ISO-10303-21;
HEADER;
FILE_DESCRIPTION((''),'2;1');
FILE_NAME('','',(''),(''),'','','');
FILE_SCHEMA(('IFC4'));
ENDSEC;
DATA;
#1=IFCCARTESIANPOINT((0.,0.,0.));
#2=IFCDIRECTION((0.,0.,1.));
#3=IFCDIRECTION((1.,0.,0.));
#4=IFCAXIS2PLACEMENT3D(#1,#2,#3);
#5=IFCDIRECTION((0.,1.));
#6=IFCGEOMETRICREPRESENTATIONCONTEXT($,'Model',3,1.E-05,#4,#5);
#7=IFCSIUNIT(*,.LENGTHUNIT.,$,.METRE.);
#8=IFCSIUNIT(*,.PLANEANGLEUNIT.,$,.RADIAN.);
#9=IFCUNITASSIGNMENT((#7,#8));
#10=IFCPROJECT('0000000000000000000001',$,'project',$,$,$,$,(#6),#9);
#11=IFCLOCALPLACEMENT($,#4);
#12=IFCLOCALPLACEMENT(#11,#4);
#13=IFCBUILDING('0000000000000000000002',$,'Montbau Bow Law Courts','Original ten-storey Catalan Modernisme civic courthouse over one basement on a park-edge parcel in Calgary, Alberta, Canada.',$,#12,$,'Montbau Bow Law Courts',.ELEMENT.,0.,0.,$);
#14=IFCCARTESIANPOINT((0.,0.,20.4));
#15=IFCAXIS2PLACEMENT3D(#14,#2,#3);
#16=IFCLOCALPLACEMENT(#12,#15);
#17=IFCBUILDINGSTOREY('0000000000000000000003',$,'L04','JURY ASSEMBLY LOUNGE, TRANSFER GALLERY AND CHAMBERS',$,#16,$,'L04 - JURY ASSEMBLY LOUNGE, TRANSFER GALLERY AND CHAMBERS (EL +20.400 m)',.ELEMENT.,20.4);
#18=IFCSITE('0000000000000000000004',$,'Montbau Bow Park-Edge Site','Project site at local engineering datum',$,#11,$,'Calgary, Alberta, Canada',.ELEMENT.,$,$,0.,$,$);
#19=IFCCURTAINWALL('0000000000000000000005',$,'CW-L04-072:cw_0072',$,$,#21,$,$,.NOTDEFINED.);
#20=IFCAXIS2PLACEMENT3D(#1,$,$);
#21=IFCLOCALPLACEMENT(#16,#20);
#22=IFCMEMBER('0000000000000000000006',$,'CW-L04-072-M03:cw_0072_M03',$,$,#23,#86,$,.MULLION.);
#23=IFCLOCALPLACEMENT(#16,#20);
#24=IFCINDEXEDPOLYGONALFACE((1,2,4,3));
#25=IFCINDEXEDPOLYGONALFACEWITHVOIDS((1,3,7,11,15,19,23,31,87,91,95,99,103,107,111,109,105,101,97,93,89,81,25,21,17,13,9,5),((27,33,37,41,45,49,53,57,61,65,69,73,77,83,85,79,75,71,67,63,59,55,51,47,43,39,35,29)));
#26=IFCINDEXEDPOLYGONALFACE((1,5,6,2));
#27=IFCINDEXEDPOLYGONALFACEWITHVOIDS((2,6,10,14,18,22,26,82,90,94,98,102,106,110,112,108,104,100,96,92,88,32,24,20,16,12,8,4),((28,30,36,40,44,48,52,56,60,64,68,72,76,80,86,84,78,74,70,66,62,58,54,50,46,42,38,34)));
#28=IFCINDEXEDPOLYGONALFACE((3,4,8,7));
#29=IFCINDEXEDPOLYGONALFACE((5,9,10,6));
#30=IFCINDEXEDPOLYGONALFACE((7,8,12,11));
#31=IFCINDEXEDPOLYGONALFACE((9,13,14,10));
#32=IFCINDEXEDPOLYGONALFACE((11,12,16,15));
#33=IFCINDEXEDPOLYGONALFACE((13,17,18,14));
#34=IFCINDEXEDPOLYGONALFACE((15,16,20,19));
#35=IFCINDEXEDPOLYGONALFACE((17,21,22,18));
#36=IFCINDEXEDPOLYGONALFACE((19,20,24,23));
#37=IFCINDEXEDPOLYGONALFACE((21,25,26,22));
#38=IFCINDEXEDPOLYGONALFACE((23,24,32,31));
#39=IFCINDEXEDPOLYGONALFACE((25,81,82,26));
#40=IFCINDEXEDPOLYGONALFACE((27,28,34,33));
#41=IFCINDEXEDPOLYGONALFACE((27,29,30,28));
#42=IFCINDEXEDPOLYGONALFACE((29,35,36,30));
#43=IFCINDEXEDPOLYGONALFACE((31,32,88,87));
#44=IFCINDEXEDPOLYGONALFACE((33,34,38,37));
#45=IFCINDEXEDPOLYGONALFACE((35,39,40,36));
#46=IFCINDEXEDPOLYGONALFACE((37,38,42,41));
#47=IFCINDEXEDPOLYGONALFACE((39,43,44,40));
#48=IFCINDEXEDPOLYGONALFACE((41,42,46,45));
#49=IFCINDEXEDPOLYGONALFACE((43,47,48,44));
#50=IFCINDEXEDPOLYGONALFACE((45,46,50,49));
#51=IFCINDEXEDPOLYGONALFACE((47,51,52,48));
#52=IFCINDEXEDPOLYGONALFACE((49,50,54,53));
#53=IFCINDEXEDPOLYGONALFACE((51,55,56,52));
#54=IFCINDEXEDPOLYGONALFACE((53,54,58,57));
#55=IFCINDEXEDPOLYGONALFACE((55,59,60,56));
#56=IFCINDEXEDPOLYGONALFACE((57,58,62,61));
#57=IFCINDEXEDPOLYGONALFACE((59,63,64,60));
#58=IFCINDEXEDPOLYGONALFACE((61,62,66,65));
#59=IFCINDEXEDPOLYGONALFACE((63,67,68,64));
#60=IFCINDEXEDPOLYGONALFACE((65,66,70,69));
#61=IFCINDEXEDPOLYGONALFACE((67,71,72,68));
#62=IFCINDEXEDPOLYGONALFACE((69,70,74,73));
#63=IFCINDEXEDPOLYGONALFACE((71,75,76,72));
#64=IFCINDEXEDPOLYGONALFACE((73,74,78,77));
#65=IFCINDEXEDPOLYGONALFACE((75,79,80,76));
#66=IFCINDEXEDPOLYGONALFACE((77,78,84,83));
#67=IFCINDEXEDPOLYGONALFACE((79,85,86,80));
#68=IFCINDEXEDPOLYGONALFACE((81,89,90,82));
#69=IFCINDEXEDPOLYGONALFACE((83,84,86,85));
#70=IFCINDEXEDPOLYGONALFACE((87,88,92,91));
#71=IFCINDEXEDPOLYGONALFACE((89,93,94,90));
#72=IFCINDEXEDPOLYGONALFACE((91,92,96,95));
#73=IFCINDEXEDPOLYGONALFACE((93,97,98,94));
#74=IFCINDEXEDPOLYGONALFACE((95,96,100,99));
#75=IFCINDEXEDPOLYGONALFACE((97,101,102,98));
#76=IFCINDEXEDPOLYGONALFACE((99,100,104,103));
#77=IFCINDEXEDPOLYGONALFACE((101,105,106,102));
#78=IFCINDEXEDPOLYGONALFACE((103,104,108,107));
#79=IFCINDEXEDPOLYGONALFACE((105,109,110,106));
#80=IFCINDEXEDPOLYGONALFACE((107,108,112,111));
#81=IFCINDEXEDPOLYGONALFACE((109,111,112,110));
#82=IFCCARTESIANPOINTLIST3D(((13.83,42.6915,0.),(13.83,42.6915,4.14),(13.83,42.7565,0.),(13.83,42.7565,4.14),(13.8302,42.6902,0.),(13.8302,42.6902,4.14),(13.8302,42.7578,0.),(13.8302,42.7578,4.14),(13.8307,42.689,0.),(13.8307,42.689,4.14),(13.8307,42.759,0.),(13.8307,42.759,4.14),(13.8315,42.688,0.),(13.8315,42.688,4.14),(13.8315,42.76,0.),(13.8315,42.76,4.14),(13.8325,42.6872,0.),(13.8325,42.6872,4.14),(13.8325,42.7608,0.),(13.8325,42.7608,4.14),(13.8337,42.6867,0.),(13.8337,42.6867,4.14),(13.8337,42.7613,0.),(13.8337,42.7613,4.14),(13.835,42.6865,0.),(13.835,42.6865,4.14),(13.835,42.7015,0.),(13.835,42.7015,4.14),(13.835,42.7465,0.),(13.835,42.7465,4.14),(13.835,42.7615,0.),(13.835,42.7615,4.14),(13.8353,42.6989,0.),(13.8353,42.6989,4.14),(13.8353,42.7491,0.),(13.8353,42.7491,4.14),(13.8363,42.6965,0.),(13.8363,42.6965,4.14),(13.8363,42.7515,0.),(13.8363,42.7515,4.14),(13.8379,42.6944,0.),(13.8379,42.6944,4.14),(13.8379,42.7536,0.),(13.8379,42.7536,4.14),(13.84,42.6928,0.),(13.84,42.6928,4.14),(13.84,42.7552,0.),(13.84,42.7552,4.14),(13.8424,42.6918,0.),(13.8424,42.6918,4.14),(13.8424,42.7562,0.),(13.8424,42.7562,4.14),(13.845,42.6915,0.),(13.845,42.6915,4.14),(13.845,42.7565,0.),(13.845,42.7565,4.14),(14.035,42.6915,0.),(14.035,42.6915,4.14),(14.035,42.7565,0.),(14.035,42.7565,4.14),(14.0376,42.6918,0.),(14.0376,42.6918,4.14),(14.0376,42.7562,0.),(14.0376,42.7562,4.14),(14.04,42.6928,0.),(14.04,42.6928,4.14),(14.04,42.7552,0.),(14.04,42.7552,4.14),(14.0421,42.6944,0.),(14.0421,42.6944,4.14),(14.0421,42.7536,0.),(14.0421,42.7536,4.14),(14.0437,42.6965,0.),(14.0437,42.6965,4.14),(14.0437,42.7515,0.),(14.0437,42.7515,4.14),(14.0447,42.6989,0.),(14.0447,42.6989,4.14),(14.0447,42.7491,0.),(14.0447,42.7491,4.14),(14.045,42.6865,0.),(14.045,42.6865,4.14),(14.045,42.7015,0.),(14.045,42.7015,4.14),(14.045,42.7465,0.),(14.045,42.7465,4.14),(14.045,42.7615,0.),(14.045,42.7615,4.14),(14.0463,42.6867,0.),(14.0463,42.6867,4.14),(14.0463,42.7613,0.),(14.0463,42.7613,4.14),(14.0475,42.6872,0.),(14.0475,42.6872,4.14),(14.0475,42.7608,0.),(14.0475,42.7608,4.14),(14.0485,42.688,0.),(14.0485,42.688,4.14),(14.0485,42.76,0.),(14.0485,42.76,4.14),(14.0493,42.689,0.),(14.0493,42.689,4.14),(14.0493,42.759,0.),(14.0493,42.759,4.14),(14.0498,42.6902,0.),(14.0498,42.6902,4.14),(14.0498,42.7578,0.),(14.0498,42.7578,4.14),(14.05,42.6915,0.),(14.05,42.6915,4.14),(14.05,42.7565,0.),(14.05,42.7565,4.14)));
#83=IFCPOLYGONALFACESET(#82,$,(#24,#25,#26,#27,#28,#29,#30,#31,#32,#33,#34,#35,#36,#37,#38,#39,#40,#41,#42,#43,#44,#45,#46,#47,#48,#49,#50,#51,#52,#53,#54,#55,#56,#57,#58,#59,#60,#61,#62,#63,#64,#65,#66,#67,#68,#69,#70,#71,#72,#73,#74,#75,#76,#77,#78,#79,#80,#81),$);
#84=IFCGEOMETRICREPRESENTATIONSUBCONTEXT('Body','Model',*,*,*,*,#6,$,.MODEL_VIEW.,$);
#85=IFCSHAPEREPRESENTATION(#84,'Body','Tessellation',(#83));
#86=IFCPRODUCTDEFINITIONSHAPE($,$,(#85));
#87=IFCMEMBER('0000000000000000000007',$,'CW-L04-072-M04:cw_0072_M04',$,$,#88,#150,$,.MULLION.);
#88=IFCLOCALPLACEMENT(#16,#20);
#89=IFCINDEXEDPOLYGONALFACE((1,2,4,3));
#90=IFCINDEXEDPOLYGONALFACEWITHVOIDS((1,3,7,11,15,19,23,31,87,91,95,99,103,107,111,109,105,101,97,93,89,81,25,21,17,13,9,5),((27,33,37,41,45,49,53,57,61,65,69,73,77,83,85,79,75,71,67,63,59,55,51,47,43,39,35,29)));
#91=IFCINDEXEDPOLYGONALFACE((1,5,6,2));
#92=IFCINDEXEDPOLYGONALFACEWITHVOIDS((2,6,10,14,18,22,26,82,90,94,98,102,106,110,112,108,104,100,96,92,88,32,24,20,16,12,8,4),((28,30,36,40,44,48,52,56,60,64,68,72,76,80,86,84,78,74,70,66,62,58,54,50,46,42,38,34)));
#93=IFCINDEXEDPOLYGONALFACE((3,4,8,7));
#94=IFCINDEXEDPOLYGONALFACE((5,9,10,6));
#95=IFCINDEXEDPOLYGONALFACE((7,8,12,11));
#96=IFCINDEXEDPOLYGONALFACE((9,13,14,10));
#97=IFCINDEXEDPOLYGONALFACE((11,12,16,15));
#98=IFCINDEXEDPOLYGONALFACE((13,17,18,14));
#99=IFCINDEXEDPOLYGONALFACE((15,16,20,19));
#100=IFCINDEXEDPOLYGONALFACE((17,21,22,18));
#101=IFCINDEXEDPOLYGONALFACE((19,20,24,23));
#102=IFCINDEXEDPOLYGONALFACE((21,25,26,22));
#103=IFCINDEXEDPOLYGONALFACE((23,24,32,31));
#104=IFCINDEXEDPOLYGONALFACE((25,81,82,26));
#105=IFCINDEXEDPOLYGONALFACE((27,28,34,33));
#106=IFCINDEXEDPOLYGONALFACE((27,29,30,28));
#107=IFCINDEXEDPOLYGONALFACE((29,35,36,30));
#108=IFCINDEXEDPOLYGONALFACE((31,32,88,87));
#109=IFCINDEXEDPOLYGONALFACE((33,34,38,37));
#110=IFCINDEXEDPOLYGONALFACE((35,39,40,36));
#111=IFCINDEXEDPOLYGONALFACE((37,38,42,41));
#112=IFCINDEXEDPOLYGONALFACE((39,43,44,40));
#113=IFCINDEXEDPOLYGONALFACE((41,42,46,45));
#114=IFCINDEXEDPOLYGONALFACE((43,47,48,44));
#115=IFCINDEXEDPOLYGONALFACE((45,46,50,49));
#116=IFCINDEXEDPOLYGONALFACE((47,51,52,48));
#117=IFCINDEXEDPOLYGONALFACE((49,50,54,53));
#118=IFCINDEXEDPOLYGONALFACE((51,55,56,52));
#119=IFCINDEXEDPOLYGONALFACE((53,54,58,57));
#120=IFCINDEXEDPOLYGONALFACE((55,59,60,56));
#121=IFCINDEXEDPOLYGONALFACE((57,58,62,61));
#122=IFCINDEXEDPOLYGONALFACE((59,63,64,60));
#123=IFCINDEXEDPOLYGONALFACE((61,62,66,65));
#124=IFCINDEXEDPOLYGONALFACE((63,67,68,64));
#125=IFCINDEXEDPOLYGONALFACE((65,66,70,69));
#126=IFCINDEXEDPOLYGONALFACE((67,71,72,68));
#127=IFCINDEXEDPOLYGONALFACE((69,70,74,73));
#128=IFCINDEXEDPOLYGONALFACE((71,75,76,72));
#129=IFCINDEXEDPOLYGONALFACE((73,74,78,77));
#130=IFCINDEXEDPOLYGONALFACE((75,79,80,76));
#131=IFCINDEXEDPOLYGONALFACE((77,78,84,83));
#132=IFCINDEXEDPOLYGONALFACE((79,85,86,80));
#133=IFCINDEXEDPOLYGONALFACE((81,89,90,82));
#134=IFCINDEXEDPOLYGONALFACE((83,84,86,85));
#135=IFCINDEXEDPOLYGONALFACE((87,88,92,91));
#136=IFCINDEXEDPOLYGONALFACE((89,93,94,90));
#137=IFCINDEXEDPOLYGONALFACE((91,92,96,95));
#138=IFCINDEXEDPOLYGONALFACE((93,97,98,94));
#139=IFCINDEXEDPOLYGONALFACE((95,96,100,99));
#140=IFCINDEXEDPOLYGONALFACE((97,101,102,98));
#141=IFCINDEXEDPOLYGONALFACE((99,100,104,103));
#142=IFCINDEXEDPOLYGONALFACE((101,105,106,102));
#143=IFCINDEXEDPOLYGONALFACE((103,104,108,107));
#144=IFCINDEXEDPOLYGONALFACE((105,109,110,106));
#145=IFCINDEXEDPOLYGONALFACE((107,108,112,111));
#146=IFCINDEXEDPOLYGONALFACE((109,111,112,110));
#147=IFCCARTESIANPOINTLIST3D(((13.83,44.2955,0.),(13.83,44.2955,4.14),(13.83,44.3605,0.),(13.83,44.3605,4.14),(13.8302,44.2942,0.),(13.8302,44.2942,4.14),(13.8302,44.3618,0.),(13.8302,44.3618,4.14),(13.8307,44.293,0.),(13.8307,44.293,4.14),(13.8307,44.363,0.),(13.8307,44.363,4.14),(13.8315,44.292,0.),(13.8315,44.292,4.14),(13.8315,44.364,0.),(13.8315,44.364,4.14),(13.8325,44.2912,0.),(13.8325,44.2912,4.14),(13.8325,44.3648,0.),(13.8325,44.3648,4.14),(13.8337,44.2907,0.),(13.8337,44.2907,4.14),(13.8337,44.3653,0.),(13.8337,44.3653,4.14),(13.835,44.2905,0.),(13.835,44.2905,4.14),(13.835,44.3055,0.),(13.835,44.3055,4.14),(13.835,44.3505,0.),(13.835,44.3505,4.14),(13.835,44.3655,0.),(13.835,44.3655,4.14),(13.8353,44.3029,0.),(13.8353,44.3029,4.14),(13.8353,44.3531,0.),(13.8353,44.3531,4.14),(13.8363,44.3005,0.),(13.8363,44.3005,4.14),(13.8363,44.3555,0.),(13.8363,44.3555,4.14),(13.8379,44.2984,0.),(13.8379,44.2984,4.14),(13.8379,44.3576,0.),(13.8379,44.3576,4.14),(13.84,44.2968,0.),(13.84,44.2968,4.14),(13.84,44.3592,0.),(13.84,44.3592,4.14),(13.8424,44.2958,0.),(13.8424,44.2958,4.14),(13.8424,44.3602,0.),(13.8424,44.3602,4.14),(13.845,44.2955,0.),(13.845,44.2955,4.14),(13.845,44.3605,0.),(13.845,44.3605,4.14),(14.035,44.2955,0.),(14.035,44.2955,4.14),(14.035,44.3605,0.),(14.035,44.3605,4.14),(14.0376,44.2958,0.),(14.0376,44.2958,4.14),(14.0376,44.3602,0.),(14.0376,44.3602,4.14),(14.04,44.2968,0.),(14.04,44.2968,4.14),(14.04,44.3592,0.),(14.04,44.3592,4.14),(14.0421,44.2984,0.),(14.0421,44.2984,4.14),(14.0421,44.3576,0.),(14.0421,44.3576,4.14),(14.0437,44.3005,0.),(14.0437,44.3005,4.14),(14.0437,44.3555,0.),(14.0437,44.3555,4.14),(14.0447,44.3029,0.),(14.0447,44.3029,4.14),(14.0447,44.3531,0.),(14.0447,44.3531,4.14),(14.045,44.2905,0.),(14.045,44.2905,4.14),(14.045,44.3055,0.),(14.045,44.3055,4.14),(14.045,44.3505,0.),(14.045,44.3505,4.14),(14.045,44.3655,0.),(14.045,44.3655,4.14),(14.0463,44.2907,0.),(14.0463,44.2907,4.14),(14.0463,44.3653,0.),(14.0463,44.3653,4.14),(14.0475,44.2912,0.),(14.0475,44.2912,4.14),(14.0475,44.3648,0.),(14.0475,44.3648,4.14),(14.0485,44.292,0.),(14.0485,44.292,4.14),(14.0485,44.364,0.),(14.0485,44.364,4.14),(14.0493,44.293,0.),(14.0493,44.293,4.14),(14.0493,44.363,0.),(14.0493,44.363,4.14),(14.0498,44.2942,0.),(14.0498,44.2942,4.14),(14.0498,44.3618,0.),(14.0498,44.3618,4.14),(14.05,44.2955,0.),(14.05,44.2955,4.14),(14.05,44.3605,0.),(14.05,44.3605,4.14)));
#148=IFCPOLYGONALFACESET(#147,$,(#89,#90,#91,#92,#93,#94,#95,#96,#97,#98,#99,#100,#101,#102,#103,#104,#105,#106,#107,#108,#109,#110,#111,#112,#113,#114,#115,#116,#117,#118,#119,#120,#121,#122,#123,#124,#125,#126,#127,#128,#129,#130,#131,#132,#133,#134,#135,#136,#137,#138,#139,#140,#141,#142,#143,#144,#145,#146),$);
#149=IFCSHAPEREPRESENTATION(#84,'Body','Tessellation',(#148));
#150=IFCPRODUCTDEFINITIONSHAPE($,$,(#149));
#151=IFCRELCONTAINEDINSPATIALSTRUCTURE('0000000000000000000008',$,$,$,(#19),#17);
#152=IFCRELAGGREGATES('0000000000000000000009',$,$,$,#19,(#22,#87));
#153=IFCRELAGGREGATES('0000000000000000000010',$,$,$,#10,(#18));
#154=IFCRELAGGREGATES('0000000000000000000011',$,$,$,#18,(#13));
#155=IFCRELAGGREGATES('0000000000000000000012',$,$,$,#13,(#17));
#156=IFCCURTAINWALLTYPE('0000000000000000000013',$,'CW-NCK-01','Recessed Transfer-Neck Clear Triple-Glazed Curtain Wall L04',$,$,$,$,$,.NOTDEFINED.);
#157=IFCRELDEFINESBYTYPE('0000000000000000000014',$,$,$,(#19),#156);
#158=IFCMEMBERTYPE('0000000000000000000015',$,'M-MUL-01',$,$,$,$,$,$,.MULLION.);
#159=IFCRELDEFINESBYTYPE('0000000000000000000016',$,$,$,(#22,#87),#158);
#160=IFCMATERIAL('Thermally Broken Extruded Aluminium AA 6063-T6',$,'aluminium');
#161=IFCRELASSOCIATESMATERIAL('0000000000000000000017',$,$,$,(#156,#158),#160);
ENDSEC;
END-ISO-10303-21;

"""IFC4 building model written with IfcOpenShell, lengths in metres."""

from ifc_helpers import new_model, si_unit, direction, frame, origin_with_axes, origin_2d_with_axis, place, context, subcontext, project, spatial, hollow_rectangle, extrude, material, material_profile, profile_set, type_object, element, aggregate, save


model = new_model("IFC4")

# Units and contexts
model_context = context("Model", 3, precision=1e-05, world=origin_with_axes(), true_north=direction((0.0, 1.0)))
body_context = subcontext(model_context, "Body", "Model", "MODEL_VIEW")
ifc_project = project(units=[si_unit("LENGTHUNIT", "METRE"), si_unit("PLANEANGLEUNIT", "RADIAN")], contexts=[model_context])

# Site, building, storey
site_placement = place(None, origin_with_axes())
site = spatial("IfcSite", under=ifc_project, at=site_placement, Name="Montbau Bow Park-Edge Site", Description="Project site at local engineering datum", LongName="Calgary, Alberta, Canada", CompositionType="ELEMENT", RefElevation=0.0)
building_placement = place(site_placement, origin_with_axes())
building = spatial("IfcBuilding", under=site, at=building_placement, Name="Montbau Bow Law Courts", Description="Original ten-storey Catalan Modernisme civic courthouse over one basement on a park-edge parcel in Calgary, Alberta, Canada.", LongName="Montbau Bow Law Courts", CompositionType="ELEMENT", ElevationOfRefHeight=0.0, ElevationOfTerrain=0.0)
storey_placement = place(building_placement, frame((0.0, 0.0, 20.4), z_axis=(0.0, 0.0, 1.0), x_axis=(1.0, 0.0, 0.0)))
storey = spatial("IfcBuildingStorey", under=building, at=storey_placement, Name="L04", Description="JURY ASSEMBLY LOUNGE, TRANSFER GALLERY AND CHAMBERS", LongName="L04 - JURY ASSEMBLY LOUNGE, TRANSFER GALLERY AND CHAMBERS (EL +20.400 m)", CompositionType="ELEMENT", Elevation=20.4)

# Curtain wall, members
ifc_material_1 = material(Name="Thermally Broken Extruded Aluminium AA 6063-T6", Category="aluminium")
curtain_wall_type = type_object("IfcCurtainWallType", Name="CW-NCK-01", Description="Recessed Transfer-Neck Clear Triple-Glazed Curtain Wall L04", PredefinedType="NOTDEFINED", material=ifc_material_1)
curtain_wall_placement = place(None, frame((13.94, 39.515, 20.4), z_axis=(0.0, 0.0, 1.0), x_axis=(1.0, 0.0, 0.0)))
curtain_wall = element("IfcCurtainWall", 1, at=curtain_wall_placement, inside=storey, type_object=curtain_wall_type, Name="CW-L04-072:cw_0072", PredefinedType="NOTDEFINED")
ifc_material_profile_1 = material_profile(ifc_material_1, hollow_rectangle(XDim=0.075, YDim=0.22, WallThickness=0.005, InnerFilletRadius=0.01, OuterFilletRadius=0.005, at=origin_2d_with_axis()), Name="CWM-220X75", Category="Main", Priority=0)
ifc_profile_set_1 = profile_set([ifc_material_profile_1], Name="Thermally Broken Extruded Aluminium AA 6063-T6")
member_type_1 = type_object("IfcMemberType", Name="M-MUL-01", PredefinedType="MULLION", material=ifc_profile_set_1)
member_1_placement = place(None, frame((13.94, 42.724, 20.4), z_axis=(0.0, 0.0, 1.0), x_axis=(0.0, 1.0, 0.0)))
member_1 = element("IfcMember", 2, at=member_1_placement, type_object=member_type_1, Name="CW-L04-072-M03:cw_0072_M03", PredefinedType="MULLION", context=body_context, shape_type="SweptSolid", body=[
    extrude(hollow_rectangle(XDim=0.075, YDim=0.22, WallThickness=0.005, InnerFilletRadius=0.01, OuterFilletRadius=0.005, at=origin_2d_with_axis()), origin_with_axes(), (0.0, 0.0, 1.0), 4.14),
])
member_2_placement = place(None, frame((13.94, 44.328, 20.4), z_axis=(0.0, 0.0, 1.0), x_axis=(0.0, 1.0, 0.0)))
member_2 = element("IfcMember", 3, at=member_2_placement, type_object=member_type_1, Name="CW-L04-072-M04:cw_0072_M04", PredefinedType="MULLION", context=body_context, shape_type="SweptSolid", body=[
    extrude(hollow_rectangle(XDim=0.075, YDim=0.22, WallThickness=0.005, InnerFilletRadius=0.01, OuterFilletRadius=0.005, at=origin_2d_with_axis()), origin_with_axes(), (0.0, 0.0, 1.0), 4.14),
])
aggregate(curtain_wall, [member_1, member_2])

save(model, "model.ifc")
